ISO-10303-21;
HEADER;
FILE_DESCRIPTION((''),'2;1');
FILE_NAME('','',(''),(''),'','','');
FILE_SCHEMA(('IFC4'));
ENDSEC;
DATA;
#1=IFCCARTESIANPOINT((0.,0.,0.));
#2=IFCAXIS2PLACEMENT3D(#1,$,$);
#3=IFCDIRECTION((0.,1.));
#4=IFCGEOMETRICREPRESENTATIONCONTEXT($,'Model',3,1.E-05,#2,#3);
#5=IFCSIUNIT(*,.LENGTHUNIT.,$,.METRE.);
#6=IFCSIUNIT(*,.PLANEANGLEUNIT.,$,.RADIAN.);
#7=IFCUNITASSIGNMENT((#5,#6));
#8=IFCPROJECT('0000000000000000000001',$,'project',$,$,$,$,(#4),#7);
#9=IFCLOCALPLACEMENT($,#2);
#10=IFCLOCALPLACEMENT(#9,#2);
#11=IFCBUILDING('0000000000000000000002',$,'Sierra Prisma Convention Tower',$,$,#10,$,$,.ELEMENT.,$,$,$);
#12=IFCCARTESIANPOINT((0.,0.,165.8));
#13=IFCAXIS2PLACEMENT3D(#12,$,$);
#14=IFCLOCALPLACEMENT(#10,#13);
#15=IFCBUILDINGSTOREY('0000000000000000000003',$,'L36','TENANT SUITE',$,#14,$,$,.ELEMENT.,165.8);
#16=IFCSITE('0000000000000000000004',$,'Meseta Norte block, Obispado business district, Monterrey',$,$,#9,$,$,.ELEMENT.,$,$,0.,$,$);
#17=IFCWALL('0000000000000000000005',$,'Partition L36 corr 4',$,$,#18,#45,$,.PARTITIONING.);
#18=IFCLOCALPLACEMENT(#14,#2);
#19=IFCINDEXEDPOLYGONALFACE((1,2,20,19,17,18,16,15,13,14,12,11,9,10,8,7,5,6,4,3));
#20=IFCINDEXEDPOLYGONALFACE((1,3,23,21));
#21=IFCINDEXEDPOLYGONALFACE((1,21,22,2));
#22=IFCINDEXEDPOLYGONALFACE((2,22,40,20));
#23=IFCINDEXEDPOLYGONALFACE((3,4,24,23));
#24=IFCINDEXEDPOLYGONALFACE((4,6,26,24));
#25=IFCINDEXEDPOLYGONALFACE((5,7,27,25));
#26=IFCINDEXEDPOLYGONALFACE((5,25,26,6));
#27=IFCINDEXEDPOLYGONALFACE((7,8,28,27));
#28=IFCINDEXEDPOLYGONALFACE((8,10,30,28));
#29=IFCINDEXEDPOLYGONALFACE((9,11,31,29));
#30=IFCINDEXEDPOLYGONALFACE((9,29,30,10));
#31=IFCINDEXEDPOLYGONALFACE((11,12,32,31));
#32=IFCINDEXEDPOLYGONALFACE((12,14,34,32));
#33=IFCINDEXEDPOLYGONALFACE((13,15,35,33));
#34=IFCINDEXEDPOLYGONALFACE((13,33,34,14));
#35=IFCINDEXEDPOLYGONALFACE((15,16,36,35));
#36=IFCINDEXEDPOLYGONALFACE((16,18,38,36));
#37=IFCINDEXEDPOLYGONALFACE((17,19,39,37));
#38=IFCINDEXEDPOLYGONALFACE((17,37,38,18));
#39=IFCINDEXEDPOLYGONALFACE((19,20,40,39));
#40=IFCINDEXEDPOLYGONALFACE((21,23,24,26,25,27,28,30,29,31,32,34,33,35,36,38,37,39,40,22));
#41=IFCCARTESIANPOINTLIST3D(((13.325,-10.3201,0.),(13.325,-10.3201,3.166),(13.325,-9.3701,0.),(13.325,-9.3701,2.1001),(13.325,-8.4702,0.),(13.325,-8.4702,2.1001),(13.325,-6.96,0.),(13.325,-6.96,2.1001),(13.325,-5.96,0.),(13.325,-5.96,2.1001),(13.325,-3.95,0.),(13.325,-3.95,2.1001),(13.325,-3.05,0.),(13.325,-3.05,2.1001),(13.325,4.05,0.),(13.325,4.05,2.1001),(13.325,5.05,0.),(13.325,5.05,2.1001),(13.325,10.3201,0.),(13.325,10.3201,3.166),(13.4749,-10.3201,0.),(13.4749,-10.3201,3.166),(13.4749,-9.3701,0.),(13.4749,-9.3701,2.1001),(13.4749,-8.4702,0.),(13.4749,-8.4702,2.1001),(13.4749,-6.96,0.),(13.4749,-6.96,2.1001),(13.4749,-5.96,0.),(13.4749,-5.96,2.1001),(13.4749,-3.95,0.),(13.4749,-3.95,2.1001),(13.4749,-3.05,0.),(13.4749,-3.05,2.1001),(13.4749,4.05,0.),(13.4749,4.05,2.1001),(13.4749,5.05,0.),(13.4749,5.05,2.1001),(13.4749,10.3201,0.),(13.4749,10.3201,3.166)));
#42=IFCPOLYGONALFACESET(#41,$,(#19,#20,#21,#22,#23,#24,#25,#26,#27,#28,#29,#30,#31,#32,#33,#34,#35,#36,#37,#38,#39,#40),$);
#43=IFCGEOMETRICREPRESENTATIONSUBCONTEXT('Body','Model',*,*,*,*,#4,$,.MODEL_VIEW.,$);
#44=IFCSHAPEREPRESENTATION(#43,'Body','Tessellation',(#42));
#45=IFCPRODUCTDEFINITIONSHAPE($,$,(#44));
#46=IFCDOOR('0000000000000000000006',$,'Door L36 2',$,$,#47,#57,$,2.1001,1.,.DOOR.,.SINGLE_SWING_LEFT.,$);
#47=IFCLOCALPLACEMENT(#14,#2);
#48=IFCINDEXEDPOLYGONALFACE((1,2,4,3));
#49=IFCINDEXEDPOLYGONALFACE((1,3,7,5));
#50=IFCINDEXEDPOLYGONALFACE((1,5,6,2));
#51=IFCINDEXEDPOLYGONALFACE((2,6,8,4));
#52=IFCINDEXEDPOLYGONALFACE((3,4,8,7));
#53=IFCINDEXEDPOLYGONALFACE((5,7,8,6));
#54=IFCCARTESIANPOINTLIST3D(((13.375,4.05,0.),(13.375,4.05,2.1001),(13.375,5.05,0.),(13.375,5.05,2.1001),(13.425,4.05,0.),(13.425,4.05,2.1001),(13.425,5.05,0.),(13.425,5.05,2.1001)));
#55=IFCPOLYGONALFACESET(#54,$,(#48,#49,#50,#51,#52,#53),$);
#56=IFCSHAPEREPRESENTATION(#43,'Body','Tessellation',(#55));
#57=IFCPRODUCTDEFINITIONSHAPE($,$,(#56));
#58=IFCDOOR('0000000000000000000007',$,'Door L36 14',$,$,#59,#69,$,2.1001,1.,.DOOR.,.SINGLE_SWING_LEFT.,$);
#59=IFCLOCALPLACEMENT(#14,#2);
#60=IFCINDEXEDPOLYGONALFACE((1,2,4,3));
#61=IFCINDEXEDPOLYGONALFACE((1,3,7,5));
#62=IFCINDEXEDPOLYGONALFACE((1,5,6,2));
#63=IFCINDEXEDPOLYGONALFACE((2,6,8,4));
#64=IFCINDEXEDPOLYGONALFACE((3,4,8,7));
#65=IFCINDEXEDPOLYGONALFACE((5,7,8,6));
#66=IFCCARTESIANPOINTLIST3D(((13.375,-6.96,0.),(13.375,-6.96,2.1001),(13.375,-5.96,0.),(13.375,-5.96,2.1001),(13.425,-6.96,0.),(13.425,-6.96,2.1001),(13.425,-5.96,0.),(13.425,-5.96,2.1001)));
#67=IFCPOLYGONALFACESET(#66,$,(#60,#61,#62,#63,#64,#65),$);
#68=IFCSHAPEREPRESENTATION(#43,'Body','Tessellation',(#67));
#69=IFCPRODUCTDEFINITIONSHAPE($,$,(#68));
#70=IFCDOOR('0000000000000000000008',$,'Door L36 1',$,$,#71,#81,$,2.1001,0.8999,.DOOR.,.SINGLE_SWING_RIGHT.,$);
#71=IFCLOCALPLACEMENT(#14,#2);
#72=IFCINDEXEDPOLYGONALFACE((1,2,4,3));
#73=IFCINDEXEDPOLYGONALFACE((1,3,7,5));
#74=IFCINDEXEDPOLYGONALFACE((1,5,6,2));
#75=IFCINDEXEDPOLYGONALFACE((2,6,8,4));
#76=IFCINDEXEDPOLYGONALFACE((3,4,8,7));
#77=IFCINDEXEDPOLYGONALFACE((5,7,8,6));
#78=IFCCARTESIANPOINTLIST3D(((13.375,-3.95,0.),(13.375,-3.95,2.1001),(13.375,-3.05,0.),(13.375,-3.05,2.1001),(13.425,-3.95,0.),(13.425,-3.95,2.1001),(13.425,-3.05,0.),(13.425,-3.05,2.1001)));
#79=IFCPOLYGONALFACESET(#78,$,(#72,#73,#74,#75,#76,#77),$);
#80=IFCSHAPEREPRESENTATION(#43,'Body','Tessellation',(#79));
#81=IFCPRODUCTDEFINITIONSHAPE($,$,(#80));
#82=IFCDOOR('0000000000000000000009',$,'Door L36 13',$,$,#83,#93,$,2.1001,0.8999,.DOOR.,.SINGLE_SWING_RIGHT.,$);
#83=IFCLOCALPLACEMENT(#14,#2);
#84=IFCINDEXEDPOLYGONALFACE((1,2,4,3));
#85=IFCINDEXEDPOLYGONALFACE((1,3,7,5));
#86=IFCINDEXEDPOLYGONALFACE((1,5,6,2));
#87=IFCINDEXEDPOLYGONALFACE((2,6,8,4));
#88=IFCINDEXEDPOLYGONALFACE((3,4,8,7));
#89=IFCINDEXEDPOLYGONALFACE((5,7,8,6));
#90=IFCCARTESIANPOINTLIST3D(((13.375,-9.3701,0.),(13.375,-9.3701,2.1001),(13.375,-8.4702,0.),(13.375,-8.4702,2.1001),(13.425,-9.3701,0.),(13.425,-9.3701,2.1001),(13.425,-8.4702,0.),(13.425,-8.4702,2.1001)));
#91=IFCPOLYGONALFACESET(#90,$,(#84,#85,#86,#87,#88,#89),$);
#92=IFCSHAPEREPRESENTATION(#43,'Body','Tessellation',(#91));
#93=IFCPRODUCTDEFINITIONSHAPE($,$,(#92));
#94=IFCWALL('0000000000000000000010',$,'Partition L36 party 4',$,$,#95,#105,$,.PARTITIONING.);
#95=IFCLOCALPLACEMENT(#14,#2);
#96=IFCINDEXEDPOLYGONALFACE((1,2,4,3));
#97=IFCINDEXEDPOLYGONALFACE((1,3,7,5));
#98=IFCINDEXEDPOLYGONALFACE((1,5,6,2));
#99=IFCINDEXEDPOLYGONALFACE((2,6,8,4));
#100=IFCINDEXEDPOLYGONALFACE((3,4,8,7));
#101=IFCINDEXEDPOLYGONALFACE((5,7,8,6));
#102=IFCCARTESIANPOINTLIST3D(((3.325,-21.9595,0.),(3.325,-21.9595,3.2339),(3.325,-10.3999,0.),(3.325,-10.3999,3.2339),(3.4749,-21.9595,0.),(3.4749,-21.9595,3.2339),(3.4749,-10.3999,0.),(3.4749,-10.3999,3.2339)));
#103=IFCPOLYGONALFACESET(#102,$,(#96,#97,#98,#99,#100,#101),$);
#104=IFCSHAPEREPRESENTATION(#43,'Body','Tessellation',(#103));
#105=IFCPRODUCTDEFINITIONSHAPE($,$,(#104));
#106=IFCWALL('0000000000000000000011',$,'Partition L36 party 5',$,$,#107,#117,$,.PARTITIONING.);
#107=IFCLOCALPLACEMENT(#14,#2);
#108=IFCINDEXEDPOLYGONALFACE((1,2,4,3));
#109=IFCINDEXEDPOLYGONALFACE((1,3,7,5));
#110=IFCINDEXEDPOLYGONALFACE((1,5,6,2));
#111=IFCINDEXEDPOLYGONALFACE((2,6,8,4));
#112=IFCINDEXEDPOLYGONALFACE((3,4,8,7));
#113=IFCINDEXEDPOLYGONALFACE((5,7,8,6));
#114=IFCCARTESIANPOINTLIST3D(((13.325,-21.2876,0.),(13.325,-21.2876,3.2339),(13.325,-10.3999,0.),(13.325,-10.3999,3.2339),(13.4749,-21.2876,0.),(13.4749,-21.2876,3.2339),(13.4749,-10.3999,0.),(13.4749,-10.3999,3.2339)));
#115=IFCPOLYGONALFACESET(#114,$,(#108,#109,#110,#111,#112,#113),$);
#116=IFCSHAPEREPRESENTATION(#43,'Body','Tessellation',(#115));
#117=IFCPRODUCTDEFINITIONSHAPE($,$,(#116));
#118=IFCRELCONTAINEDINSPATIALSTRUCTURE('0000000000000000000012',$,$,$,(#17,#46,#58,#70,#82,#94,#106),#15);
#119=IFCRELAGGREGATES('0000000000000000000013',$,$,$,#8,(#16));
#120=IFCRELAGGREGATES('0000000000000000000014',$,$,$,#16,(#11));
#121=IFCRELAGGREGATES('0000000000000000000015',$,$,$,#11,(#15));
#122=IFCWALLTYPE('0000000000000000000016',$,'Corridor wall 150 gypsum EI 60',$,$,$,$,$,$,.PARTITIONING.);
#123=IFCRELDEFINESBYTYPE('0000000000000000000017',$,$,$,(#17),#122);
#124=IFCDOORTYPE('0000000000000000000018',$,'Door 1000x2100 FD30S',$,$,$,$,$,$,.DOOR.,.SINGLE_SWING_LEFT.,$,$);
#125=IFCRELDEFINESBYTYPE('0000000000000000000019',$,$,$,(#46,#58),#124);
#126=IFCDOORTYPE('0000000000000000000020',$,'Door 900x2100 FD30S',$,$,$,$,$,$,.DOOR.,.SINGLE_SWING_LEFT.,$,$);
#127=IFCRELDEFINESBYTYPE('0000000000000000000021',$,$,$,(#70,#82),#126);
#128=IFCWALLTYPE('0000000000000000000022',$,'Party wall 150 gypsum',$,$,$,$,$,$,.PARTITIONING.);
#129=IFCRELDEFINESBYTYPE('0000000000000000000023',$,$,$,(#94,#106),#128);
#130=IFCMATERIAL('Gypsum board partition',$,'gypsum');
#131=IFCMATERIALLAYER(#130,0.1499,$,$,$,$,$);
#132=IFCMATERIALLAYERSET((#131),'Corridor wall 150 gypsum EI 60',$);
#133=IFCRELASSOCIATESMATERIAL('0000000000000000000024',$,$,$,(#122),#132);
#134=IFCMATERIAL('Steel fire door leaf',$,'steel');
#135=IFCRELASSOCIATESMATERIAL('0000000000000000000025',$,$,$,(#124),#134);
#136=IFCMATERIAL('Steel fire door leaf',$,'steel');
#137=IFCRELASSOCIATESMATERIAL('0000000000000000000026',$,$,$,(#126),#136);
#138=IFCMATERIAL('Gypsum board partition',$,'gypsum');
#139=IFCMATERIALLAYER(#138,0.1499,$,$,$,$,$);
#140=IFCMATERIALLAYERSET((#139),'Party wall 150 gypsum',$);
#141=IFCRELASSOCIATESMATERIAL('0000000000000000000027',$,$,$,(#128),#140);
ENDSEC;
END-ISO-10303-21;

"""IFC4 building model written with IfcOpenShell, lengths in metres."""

from ifc_helpers import new_model, si_unit, direction, frame, frame_2d, origin, place, context, subcontext, project, spatial, rectangle, extrude, material, layer, layer_set, type_object, element, fill, save


model = new_model("IFC4")

# Units and contexts
model_context = context("Model", 3, precision=1e-05, world=origin(), true_north=direction((0.0, 1.0)))
body_context = subcontext(model_context, "Body", "Model", "MODEL_VIEW")
ifc_project = project(units=[si_unit("LENGTHUNIT", "METRE"), si_unit("PLANEANGLEUNIT", "RADIAN")], contexts=[model_context])

# Site, building, storey
site_placement = place(None, origin())
site = spatial("IfcSite", under=ifc_project, at=site_placement, Name="Meseta Norte block, Obispado business district, Monterrey", CompositionType="ELEMENT", RefElevation=0.0)
building_placement = place(site_placement, origin())
building = spatial("IfcBuilding", under=site, at=building_placement, Name="Sierra Prisma Convention Tower", CompositionType="ELEMENT")
storey_placement = place(building_placement, frame((0.0, 0.0, 165.8)))
storey = spatial("IfcBuildingStorey", under=building, at=storey_placement, Name="L36", Description="TENANT SUITE", CompositionType="ELEMENT", Elevation=165.8)

# Wall, openings, doors
ifc_material_1 = material(Name="Gypsum board partition", Category="gypsum")
ifc_layer_1 = layer(ifc_material_1, 0.1499)
ifc_layer_set_1 = layer_set([ifc_layer_1], Name="Corridor wall 150 gypsum EI 60")
wall_type_1 = type_object("IfcWallType", Name="Corridor wall 150 gypsum EI 60", PredefinedType="PARTITIONING", material=ifc_layer_set_1)
wall_1_placement = place(storey_placement, frame((13.3999, -10.3201, 0.0), z_axis=(0.0, 0.0, 1.0), x_axis=(0.0, 1.0, 0.0)))
wall_1 = element("IfcWall", 1, at=wall_1_placement, inside=storey, type_object=wall_type_1, Name="Partition L36 corr 4", PredefinedType="PARTITIONING", context=body_context, shape_type="SweptSolid", body=[
    extrude(rectangle(XDim=20.6401, YDim=0.1499, at=frame_2d((10.3201, 0.0))), origin(), (0.0, 0.0, 1.0), 3.166),
])
opening_1_placement = place(wall_1_placement, frame((6.3701, 0.0, 0.0)))
opening_1 = element("IfcOpeningElement", 2, at=opening_1_placement, cuts=wall_1, PredefinedType="OPENING", context=body_context, shape_type="SweptSolid", body=[
    extrude(rectangle(XDim=0.8999, YDim=2.1001, at=frame_2d((0.45, 1.05))), frame((0.0, 0.075, 0.0), z_axis=(0.0, -1.0, 0.0), x_axis=(1.0, 0.0, 0.0)), (0.0, 0.0, 1.0), 0.1499),
])
opening_2_placement = place(wall_1_placement, frame((14.3701, 0.0, 0.0)))
opening_2 = element("IfcOpeningElement", 3, at=opening_2_placement, cuts=wall_1, PredefinedType="OPENING", context=body_context, shape_type="SweptSolid", body=[
    extrude(rectangle(XDim=1.0, YDim=2.1001, at=frame_2d((0.5, 1.05))), frame((0.0, 0.075, 0.0), z_axis=(0.0, -1.0, 0.0), x_axis=(1.0, 0.0, 0.0)), (0.0, 0.0, 1.0), 0.1499),
])
opening_3_placement = place(wall_1_placement, frame((0.95, 0.0, 0.0)))
opening_3 = element("IfcOpeningElement", 4, at=opening_3_placement, cuts=wall_1, PredefinedType="OPENING", context=body_context, shape_type="SweptSolid", body=[
    extrude(rectangle(XDim=0.8999, YDim=2.1001, at=frame_2d((0.45, 1.05))), frame((0.0, 0.075, 0.0), z_axis=(0.0, -1.0, 0.0), x_axis=(1.0, 0.0, 0.0)), (0.0, 0.0, 1.0), 0.1499),
])
opening_4_placement = place(wall_1_placement, frame((3.3601, 0.0, 0.0)))
opening_4 = element("IfcOpeningElement", 5, at=opening_4_placement, cuts=wall_1, PredefinedType="OPENING", context=body_context, shape_type="SweptSolid", body=[
    extrude(rectangle(XDim=1.0, YDim=2.1001, at=frame_2d((0.5, 1.05))), frame((0.0, 0.075, 0.0), z_axis=(0.0, -1.0, 0.0), x_axis=(1.0, 0.0, 0.0)), (0.0, 0.0, 1.0), 0.1499),
])
ifc_material_2 = material(Name="Steel fire door leaf", Category="steel")
door_type_1 = type_object("IfcDoorType", Name="Door 1000x2100 FD30S", OperationType="SINGLE_SWING_LEFT", PredefinedType="DOOR", material=ifc_material_2)
door_1_placement = place(opening_2_placement, origin())
door_1 = element("IfcDoor", 6, at=door_1_placement, inside=storey, type_object=door_type_1, Name="Door L36 2", OperationType="SINGLE_SWING_LEFT", OverallHeight=2.1001, OverallWidth=1.0, PredefinedType="DOOR", context=body_context, shape_type="SweptSolid", body=[
    extrude(rectangle(XDim=1.0, YDim=2.1001, at=frame_2d((0.5, 1.05))), frame((0.0, 0.0249, 0.0), z_axis=(0.0, -1.0, 0.0), x_axis=(1.0, 0.0, 0.0)), (0.0, 0.0, 1.0), 0.05),
])
fill(opening_2, door_1)
door_2_placement = place(opening_4_placement, origin())
door_2 = element("IfcDoor", 7, at=door_2_placement, inside=storey, type_object=door_type_1, Name="Door L36 14", OperationType="SINGLE_SWING_LEFT", OverallHeight=2.1001, OverallWidth=1.0, PredefinedType="DOOR", context=body_context, shape_type="SweptSolid", body=[
    extrude(rectangle(XDim=1.0, YDim=2.1001, at=frame_2d((0.5, 1.05))), frame((0.0, 0.0249, 0.0), z_axis=(0.0, -1.0, 0.0), x_axis=(1.0, 0.0, 0.0)), (0.0, 0.0, 1.0), 0.05),
])
fill(opening_4, door_2)
ifc_material_3 = material(Name="Steel fire door leaf", Category="steel")
door_type_2 = type_object("IfcDoorType", Name="Door 900x2100 FD30S", OperationType="SINGLE_SWING_LEFT", PredefinedType="DOOR", material=ifc_material_3)
door_3_placement = place(opening_1_placement, origin())
door_3 = element("IfcDoor", 8, at=door_3_placement, inside=storey, type_object=door_type_2, Name="Door L36 1", OperationType="SINGLE_SWING_RIGHT", OverallHeight=2.1001, OverallWidth=0.8999, PredefinedType="DOOR", context=body_context, shape_type="SweptSolid", body=[
    extrude(rectangle(XDim=0.8999, YDim=2.1001, at=frame_2d((0.45, 1.05))), frame((0.0, 0.0249, 0.0), z_axis=(0.0, -1.0, 0.0), x_axis=(1.0, 0.0, 0.0)), (0.0, 0.0, 1.0), 0.05),
])
fill(opening_1, door_3)
door_4_placement = place(opening_3_placement, origin())
door_4 = element("IfcDoor", 9, at=door_4_placement, inside=storey, type_object=door_type_2, Name="Door L36 13", OperationType="SINGLE_SWING_RIGHT", OverallHeight=2.1001, OverallWidth=0.8999, PredefinedType="DOOR", context=body_context, shape_type="SweptSolid", body=[
    extrude(rectangle(XDim=0.8999, YDim=2.1001, at=frame_2d((0.45, 1.05))), frame((0.0, 0.0249, 0.0), z_axis=(0.0, -1.0, 0.0), x_axis=(1.0, 0.0, 0.0)), (0.0, 0.0, 1.0), 0.05),
])
fill(opening_3, door_4)

# Walls
ifc_material_4 = material(Name="Gypsum board partition", Category="gypsum")
ifc_layer_2 = layer(ifc_material_4, 0.1499)
ifc_layer_set_2 = layer_set([ifc_layer_2], Name="Party wall 150 gypsum")
wall_type_2 = type_object("IfcWallType", Name="Party wall 150 gypsum", PredefinedType="PARTITIONING", material=ifc_layer_set_2)
wall_2_placement = place(storey_placement, frame((3.3999, -10.3999, 0.0), z_axis=(0.0, 0.0, 1.0), x_axis=(0.0, -1.0, 0.0)))
element("IfcWall", 10, at=wall_2_placement, inside=storey, type_object=wall_type_2, Name="Partition L36 party 4", PredefinedType="PARTITIONING", context=body_context, shape_type="SweptSolid", body=[
    extrude(rectangle(XDim=11.5596, YDim=0.1499, at=frame_2d((5.7798, 0.0))), origin(), (0.0, 0.0, 1.0), 3.2339),
])
wall_3_placement = place(storey_placement, frame((13.3999, -10.3999, 0.0), z_axis=(0.0, 0.0, 1.0), x_axis=(0.0, -1.0, 0.0)))
element("IfcWall", 11, at=wall_3_placement, inside=storey, type_object=wall_type_2, Name="Partition L36 party 5", PredefinedType="PARTITIONING", context=body_context, shape_type="SweptSolid", body=[
    extrude(rectangle(XDim=10.8877, YDim=0.1499, at=frame_2d((5.4438, 0.0))), origin(), (0.0, 0.0, 1.0), 3.2339),
])

save(model, "model.ifc")
